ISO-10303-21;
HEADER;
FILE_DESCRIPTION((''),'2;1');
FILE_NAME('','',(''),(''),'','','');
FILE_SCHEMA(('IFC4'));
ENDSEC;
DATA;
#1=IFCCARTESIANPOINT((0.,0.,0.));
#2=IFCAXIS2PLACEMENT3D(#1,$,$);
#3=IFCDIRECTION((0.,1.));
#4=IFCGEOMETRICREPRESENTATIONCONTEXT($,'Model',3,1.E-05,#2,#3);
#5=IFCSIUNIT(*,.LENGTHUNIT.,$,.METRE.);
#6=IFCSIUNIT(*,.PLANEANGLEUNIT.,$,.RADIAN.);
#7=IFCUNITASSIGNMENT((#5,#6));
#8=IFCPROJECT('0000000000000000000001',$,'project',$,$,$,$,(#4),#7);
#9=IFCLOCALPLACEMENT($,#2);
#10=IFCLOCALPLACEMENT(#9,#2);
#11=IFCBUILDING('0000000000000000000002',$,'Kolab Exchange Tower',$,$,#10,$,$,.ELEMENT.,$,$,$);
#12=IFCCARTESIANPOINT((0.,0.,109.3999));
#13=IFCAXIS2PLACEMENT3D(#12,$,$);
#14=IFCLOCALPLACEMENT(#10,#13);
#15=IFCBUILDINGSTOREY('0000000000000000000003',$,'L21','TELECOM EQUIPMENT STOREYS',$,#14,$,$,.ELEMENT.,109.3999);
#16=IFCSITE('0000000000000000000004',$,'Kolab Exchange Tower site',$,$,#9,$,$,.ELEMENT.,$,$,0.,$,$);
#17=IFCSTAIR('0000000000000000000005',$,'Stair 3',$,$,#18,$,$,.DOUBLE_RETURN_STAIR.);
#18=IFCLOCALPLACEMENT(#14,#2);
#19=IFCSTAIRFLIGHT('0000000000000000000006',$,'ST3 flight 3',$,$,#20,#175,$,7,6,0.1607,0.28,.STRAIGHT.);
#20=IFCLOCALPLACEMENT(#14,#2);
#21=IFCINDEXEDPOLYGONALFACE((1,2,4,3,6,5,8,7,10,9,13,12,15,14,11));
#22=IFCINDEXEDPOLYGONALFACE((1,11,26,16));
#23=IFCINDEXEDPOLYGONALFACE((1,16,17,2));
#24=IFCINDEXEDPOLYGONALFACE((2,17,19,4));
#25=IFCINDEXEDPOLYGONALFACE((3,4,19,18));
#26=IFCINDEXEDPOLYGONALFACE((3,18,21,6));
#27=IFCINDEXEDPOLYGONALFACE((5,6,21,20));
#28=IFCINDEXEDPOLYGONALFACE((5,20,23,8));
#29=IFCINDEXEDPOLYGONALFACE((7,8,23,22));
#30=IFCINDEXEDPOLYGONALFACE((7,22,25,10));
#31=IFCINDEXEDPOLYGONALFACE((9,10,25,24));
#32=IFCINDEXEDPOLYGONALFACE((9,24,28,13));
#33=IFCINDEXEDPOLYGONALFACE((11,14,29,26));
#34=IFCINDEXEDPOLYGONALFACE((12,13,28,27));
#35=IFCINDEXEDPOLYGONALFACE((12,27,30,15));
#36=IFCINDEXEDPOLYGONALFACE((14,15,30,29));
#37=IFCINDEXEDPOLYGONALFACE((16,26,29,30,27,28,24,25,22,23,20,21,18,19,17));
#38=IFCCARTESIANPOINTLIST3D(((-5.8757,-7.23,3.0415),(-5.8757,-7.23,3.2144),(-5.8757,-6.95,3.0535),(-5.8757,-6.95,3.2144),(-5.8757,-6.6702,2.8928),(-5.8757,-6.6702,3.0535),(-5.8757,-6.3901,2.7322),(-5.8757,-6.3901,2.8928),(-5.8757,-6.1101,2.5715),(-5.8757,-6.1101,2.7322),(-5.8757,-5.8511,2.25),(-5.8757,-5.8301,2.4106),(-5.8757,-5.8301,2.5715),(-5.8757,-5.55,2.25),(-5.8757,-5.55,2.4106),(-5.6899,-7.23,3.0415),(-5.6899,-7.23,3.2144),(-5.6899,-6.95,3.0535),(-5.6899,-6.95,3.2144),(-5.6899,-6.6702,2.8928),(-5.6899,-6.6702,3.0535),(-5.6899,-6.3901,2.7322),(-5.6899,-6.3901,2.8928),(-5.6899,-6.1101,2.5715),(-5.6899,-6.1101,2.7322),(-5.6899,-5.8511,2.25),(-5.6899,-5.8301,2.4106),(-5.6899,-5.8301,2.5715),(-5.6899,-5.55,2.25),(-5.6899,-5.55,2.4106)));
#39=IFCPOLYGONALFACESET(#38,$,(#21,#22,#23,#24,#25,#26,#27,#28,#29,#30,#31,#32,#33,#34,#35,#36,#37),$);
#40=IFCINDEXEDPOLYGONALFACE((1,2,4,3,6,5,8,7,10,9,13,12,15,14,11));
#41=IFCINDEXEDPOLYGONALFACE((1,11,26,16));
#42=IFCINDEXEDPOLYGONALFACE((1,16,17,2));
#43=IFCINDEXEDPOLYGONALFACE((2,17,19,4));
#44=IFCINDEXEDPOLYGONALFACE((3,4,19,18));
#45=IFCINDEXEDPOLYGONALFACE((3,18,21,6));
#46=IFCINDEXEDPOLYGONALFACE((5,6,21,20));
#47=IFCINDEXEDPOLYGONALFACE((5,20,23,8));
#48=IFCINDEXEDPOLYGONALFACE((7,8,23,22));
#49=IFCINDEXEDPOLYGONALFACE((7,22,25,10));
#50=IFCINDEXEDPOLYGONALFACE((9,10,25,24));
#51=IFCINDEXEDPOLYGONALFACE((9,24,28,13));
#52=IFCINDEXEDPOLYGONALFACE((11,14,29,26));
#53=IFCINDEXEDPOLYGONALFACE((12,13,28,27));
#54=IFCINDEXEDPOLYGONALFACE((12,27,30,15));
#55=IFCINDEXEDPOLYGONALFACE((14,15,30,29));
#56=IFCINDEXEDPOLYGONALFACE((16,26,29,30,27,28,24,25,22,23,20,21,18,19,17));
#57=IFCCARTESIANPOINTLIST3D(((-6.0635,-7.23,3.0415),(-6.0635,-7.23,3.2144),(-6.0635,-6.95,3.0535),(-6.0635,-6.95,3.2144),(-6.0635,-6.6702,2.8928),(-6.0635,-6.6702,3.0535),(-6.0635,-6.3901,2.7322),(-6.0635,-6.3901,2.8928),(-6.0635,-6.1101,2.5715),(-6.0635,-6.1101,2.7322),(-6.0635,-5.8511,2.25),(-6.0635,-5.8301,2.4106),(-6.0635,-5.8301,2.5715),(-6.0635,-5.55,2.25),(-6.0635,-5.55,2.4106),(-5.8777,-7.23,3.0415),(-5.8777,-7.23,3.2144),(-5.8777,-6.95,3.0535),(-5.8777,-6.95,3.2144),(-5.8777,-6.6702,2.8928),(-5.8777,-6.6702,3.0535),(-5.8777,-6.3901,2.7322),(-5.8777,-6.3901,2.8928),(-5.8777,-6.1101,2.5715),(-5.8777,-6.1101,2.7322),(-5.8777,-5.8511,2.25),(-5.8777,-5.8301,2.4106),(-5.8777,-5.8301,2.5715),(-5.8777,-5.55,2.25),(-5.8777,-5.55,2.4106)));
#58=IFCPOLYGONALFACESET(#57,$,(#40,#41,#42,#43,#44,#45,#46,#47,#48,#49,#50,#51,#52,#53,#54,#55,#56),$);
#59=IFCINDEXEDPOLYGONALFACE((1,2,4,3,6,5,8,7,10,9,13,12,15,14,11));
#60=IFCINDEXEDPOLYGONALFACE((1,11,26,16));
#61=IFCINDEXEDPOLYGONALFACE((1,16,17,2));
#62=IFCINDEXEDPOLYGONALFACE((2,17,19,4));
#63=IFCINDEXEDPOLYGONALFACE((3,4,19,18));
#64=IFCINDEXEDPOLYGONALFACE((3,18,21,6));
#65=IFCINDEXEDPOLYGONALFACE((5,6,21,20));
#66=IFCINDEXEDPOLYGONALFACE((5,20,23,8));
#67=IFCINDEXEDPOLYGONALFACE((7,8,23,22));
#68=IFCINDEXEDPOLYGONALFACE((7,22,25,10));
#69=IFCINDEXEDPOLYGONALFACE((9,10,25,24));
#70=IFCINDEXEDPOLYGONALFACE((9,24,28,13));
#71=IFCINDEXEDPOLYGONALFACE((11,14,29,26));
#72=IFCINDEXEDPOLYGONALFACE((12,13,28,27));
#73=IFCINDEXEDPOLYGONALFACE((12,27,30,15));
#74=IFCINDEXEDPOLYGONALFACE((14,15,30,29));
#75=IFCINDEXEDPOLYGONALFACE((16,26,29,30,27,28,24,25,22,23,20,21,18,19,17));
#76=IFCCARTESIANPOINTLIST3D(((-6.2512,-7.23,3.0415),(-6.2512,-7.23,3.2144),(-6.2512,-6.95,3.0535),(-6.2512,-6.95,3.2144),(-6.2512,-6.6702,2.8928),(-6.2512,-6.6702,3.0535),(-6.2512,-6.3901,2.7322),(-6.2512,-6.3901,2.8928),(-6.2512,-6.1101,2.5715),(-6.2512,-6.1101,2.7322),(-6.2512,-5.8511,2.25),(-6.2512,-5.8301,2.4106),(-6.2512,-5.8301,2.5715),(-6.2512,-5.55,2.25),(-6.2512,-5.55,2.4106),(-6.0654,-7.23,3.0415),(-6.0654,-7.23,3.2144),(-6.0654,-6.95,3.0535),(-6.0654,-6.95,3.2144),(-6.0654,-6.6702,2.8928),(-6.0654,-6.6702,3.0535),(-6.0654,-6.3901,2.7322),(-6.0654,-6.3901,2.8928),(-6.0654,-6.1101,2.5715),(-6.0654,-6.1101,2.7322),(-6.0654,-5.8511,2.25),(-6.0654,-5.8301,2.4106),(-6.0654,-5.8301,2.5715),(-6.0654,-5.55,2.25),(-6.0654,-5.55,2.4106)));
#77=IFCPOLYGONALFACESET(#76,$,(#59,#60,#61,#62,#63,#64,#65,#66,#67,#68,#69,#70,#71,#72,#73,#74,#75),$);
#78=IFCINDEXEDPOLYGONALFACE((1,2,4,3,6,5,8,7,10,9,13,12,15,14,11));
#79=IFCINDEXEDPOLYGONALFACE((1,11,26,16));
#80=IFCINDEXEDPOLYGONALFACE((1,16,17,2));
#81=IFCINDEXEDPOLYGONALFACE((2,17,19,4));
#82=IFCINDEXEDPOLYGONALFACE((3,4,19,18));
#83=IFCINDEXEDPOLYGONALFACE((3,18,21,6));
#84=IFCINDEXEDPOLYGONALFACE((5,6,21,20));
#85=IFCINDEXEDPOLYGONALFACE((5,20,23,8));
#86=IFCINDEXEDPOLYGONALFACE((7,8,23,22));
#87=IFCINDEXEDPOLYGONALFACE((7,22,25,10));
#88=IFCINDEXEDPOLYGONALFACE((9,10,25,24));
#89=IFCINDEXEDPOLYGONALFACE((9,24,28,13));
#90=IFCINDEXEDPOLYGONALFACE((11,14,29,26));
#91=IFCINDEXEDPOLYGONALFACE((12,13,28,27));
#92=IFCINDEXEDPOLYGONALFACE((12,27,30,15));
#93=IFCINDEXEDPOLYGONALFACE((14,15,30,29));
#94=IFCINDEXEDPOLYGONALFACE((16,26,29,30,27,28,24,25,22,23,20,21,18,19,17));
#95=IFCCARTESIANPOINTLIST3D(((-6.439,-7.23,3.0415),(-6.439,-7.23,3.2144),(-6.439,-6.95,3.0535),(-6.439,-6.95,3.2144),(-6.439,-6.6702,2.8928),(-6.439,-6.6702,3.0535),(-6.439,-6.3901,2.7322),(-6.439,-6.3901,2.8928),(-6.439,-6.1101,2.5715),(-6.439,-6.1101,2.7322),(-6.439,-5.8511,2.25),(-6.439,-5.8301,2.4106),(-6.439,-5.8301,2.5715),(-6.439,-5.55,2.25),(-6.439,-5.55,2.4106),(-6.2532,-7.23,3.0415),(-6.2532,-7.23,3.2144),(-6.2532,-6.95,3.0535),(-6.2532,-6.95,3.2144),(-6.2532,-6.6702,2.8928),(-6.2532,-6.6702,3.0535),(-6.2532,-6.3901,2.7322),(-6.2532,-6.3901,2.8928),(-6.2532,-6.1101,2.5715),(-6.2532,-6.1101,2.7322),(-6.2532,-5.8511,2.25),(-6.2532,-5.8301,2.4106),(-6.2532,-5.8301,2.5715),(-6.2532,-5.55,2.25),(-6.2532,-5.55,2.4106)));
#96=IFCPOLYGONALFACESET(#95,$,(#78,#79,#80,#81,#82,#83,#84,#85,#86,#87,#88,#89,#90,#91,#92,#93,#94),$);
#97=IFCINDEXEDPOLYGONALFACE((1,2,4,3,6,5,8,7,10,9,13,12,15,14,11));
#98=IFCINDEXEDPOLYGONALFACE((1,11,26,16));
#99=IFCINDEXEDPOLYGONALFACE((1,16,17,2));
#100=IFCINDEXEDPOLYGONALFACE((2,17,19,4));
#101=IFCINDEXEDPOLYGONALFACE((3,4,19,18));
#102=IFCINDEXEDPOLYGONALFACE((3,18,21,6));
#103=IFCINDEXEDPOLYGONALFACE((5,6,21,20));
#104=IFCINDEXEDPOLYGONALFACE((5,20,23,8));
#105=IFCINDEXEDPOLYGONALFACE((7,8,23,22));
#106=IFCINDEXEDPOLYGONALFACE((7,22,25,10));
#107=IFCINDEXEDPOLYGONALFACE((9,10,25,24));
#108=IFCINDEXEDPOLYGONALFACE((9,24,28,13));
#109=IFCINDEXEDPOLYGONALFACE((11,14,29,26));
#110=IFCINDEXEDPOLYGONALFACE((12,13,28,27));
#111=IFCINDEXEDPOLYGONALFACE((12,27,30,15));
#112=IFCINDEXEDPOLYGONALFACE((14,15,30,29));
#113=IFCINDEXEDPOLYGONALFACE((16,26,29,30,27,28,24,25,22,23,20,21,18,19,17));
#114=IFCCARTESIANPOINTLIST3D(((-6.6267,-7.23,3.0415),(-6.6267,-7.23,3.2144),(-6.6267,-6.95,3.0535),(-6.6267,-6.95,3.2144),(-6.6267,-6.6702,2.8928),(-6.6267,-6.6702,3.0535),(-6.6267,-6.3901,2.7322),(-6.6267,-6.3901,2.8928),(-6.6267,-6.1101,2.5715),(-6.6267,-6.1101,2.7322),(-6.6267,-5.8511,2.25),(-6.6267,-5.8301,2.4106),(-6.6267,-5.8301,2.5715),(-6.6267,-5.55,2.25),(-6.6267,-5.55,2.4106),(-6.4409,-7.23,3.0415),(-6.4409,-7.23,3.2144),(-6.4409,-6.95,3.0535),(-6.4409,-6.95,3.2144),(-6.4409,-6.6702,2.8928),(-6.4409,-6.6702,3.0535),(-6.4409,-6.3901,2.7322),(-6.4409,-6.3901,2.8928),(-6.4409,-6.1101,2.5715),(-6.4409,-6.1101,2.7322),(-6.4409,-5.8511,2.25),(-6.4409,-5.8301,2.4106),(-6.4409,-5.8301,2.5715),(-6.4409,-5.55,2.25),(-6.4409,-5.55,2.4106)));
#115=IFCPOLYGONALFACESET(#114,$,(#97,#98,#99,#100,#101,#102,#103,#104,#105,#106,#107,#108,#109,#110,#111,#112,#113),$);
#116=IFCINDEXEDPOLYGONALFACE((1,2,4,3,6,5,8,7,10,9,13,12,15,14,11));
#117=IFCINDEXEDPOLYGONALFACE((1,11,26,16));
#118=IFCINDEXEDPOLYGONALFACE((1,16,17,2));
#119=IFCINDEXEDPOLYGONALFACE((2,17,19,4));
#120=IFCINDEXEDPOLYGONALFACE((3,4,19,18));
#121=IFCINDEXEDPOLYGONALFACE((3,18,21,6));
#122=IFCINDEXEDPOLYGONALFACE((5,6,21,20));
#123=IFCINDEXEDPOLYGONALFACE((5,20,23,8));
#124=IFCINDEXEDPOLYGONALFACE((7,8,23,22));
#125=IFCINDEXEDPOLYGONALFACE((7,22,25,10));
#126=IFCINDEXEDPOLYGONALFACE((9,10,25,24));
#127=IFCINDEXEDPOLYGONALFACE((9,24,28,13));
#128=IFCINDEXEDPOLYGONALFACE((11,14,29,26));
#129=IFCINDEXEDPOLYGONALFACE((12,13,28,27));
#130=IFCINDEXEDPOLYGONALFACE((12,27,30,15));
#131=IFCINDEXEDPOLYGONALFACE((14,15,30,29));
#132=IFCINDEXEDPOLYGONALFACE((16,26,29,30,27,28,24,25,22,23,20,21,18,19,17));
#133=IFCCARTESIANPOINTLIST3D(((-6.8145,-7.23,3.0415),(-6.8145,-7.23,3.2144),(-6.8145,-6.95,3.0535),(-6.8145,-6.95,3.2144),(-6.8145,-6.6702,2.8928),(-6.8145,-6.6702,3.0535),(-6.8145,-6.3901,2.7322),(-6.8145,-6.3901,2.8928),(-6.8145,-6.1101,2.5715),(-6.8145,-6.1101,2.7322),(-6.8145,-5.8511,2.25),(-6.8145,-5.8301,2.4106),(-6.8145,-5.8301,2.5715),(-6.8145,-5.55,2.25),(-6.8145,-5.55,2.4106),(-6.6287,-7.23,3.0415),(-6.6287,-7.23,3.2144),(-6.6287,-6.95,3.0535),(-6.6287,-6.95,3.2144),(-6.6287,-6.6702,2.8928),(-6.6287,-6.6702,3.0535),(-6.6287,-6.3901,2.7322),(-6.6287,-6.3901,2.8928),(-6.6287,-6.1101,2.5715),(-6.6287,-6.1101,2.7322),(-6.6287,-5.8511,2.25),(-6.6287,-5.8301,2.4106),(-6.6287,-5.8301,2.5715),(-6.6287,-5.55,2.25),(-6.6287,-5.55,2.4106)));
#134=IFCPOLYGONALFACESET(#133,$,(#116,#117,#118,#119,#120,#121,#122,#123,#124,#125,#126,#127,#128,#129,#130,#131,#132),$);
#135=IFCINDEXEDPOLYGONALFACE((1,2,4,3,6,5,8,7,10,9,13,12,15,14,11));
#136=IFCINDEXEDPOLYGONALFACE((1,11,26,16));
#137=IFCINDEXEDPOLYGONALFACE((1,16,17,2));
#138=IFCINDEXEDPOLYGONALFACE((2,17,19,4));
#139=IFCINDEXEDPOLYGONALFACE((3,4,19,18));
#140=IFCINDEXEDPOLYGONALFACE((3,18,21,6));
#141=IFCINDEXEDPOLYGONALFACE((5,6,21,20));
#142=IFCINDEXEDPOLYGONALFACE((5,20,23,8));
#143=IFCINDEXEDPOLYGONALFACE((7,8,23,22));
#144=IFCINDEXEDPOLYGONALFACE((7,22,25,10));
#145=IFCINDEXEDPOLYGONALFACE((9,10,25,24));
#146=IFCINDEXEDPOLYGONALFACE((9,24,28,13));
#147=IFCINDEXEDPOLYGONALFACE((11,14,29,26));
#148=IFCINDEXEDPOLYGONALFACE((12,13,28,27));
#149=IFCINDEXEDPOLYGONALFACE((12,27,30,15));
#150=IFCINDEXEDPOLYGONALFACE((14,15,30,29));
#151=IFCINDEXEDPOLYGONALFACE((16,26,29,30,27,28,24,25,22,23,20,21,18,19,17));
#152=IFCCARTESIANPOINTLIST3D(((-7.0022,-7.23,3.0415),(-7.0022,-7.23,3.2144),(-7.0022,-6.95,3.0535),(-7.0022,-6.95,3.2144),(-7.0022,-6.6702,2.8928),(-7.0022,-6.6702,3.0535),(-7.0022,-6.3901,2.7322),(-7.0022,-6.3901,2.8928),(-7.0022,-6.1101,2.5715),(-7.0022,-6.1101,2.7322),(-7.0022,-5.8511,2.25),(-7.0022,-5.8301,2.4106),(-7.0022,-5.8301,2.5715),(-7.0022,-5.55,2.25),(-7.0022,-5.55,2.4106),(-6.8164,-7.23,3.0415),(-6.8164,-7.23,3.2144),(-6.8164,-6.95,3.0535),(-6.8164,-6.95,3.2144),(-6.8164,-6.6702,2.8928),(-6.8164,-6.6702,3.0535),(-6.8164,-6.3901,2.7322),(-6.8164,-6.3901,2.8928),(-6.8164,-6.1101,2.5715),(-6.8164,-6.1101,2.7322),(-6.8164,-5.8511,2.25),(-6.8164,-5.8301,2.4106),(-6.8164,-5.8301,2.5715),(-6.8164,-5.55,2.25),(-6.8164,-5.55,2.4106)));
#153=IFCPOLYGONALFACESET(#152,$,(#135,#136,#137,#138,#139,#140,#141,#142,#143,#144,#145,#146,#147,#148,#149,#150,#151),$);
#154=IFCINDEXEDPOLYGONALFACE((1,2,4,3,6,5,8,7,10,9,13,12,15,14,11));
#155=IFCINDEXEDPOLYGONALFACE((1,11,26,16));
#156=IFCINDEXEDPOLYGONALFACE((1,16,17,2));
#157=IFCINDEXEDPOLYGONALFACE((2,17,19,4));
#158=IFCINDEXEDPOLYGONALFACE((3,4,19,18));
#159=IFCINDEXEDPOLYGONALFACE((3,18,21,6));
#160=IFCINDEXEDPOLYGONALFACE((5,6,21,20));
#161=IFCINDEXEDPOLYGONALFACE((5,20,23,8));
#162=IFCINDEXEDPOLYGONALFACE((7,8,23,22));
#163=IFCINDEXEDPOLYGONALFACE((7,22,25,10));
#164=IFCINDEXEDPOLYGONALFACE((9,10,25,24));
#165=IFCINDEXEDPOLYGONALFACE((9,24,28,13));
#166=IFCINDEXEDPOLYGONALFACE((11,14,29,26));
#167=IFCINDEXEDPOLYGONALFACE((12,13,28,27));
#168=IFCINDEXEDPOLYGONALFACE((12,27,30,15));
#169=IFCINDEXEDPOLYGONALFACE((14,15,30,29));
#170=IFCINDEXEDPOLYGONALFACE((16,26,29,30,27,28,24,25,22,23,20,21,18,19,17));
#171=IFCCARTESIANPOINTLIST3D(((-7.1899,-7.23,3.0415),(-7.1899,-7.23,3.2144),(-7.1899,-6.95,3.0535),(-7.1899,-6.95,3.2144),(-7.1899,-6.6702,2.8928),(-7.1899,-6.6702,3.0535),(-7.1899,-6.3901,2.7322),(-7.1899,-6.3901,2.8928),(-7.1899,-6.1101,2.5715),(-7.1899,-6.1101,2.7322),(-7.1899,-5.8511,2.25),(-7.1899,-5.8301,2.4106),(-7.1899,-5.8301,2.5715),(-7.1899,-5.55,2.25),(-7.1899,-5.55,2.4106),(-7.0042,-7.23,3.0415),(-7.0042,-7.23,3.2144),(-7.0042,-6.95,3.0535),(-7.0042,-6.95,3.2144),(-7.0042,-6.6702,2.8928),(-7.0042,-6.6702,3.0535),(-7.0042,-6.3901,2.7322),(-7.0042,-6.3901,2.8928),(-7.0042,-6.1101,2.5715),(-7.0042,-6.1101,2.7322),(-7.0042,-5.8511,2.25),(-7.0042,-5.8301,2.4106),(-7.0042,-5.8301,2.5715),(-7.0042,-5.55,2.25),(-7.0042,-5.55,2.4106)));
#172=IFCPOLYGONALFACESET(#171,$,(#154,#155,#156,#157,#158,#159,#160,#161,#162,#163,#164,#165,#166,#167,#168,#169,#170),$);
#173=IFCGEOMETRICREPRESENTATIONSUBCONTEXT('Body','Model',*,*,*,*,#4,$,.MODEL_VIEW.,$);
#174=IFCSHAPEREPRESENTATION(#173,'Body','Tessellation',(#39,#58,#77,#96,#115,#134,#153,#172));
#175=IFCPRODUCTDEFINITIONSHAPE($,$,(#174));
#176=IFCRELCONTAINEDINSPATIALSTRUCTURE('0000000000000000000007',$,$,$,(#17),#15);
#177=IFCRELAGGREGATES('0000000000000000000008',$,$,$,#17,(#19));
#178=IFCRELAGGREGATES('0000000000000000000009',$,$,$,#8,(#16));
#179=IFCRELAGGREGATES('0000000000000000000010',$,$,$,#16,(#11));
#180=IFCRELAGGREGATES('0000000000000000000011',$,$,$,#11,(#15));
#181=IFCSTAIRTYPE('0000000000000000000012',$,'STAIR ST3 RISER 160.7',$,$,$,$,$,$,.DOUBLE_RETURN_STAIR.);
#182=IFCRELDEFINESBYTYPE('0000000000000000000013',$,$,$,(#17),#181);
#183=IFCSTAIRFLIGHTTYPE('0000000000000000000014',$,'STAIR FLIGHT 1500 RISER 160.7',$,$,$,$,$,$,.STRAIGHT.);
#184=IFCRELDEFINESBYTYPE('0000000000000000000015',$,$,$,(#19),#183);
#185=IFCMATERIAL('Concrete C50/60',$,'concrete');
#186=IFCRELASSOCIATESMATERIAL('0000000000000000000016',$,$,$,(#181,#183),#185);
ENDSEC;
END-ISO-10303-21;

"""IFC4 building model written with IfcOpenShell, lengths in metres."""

from ifc_helpers import new_model, si_unit, direction, frame, origin, place, context, subcontext, project, spatial, polyline, outline, extrude, material, type_object, element, aggregate, save


model = new_model("IFC4")

# Units and contexts
model_context = context("Model", 3, precision=1e-05, world=origin(), true_north=direction((0.0, 1.0)))
body_context = subcontext(model_context, "Body", "Model", "MODEL_VIEW")
ifc_project = project(units=[si_unit("LENGTHUNIT", "METRE"), si_unit("PLANEANGLEUNIT", "RADIAN")], contexts=[model_context])

# Site, building, storey
site_placement = place(None, origin())
site = spatial("IfcSite", under=ifc_project, at=site_placement, Name="Kolab Exchange Tower site", CompositionType="ELEMENT", RefElevation=0.0)
building_placement = place(site_placement, origin())
building = spatial("IfcBuilding", under=site, at=building_placement, Name="Kolab Exchange Tower", CompositionType="ELEMENT")
storey_placement = place(building_placement, frame((0.0, 0.0, 109.3999)))
storey = spatial("IfcBuildingStorey", under=building, at=storey_placement, Name="L21", Description="TELECOM EQUIPMENT STOREYS", CompositionType="ELEMENT", Elevation=109.3999)

# Shared definitions
ifc_material_1 = material(Name="Concrete C50/60", Category="concrete")

# Stair, stair flight
stair_type = type_object("IfcStairType", Name="STAIR ST3 RISER 160.7", PredefinedType="DOUBLE_RETURN_STAIR", material=ifc_material_1)
stair_placement = place(storey_placement, origin())
stair = element("IfcStair", 1, at=stair_placement, inside=storey, type_object=stair_type, Name="Stair 3", PredefinedType="DOUBLE_RETURN_STAIR")
stair_flight_type = type_object("IfcStairFlightType", Name="STAIR FLIGHT 1500 RISER 160.7", PredefinedType="STRAIGHT", material=ifc_material_1)
stair_flight_1_placement = place(storey_placement, frame((-6.4399, -5.55, 2.25), z_axis=(0.0, 0.0, 1.0), x_axis=(0.0, -1.0, 0.0)))
stair_flight_1 = element("IfcStairFlight", 2, at=stair_flight_1_placement, type_object=stair_flight_type, Name="ST3 flight 3", NumberOfRisers=7, NumberOfTreads=6, PredefinedType="STRAIGHT", RiserHeight=0.1607, TreadLength=0.28, context=body_context, shape_type="SweptSolid", body=[
    extrude(outline(polyline([(0.0, 0.0), (0.0, 0.1606), (0.28, 0.1606), (0.28, 0.3215), (0.5601, 0.3215), (0.5601, 0.4822), (0.8401, 0.4822), (0.8401, 0.6428), (1.1201, 0.6428), (1.1201, 0.8035), (1.3999, 0.8035), (1.3999, 0.9644), (1.6799, 0.9644), (1.6799, 1.125), (1.6799, 0.7915), (0.301, 0.0), (0.0, 0.0)])), frame((0.0, 0.75, 0.0), z_axis=(0.0, -1.0, 0.0), x_axis=(1.0, 0.0, 0.0)), (0.0, 0.0, 1.0), 0.1858),
    extrude(outline(polyline([(0.0, 0.0), (0.0, 0.1606), (0.28, 0.1606), (0.28, 0.3215), (0.5601, 0.3215), (0.5601, 0.4822), (0.8401, 0.4822), (0.8401, 0.6428), (1.1201, 0.6428), (1.1201, 0.8035), (1.3999, 0.8035), (1.3999, 0.9644), (1.6799, 0.9644), (1.6799, 1.125), (1.6799, 0.7915), (0.301, 0.0), (0.0, 0.0)])), frame((0.0, 0.5623, 0.0), z_axis=(0.0, -1.0, 0.0), x_axis=(1.0, 0.0, 0.0)), (0.0, 0.0, 1.0), 0.1858),
    extrude(outline(polyline([(0.0, 0.0), (0.0, 0.1606), (0.28, 0.1606), (0.28, 0.3215), (0.5601, 0.3215), (0.5601, 0.4822), (0.8401, 0.4822), (0.8401, 0.6428), (1.1201, 0.6428), (1.1201, 0.8035), (1.3999, 0.8035), (1.3999, 0.9644), (1.6799, 0.9644), (1.6799, 1.125), (1.6799, 0.7915), (0.301, 0.0), (0.0, 0.0)])), frame((0.0, 0.3745, 0.0), z_axis=(0.0, -1.0, 0.0), x_axis=(1.0, 0.0, 0.0)), (0.0, 0.0, 1.0), 0.1858),
    extrude(outline(polyline([(0.0, 0.0), (0.0, 0.1606), (0.28, 0.1606), (0.28, 0.3215), (0.5601, 0.3215), (0.5601, 0.4822), (0.8401, 0.4822), (0.8401, 0.6428), (1.1201, 0.6428), (1.1201, 0.8035), (1.3999, 0.8035), (1.3999, 0.9644), (1.6799, 0.9644), (1.6799, 1.125), (1.6799, 0.7915), (0.301, 0.0), (0.0, 0.0)])), frame((0.0, 0.1868, 0.0), z_axis=(0.0, -1.0, 0.0), x_axis=(1.0, 0.0, 0.0)), (0.0, 0.0, 1.0), 0.1858),
    extrude(outline(polyline([(0.0, 0.0), (0.0, 0.1606), (0.28, 0.1606), (0.28, 0.3215), (0.5601, 0.3215), (0.5601, 0.4822), (0.8401, 0.4822), (0.8401, 0.6428), (1.1201, 0.6428), (1.1201, 0.8035), (1.3999, 0.8035), (1.3999, 0.9644), (1.6799, 0.9644), (1.6799, 1.125), (1.6799, 0.7915), (0.301, 0.0), (0.0, 0.0)])), frame((0.0, -0.001, 0.0), z_axis=(0.0, -1.0, 0.0), x_axis=(1.0, 0.0, 0.0)), (0.0, 0.0, 1.0), 0.1858),
    extrude(outline(polyline([(0.0, 0.0), (0.0, 0.1606), (0.28, 0.1606), (0.28, 0.3215), (0.5601, 0.3215), (0.5601, 0.4822), (0.8401, 0.4822), (0.8401, 0.6428), (1.1201, 0.6428), (1.1201, 0.8035), (1.3999, 0.8035), (1.3999, 0.9644), (1.6799, 0.9644), (1.6799, 1.125), (1.6799, 0.7915), (0.301, 0.0), (0.0, 0.0)])), frame((0.0, -0.1887, 0.0), z_axis=(0.0, -1.0, 0.0), x_axis=(1.0, 0.0, 0.0)), (0.0, 0.0, 1.0), 0.1858),
    extrude(outline(polyline([(0.0, 0.0), (0.0, 0.1606), (0.28, 0.1606), (0.28, 0.3215), (0.5601, 0.3215), (0.5601, 0.4822), (0.8401, 0.4822), (0.8401, 0.6428), (1.1201, 0.6428), (1.1201, 0.8035), (1.3999, 0.8035), (1.3999, 0.9644), (1.6799, 0.9644), (1.6799, 1.125), (1.6799, 0.7915), (0.301, 0.0), (0.0, 0.0)])), frame((0.0, -0.3765, 0.0), z_axis=(0.0, -1.0, 0.0), x_axis=(1.0, 0.0, 0.0)), (0.0, 0.0, 1.0), 0.1858),
    extrude(outline(polyline([(0.0, 0.0), (0.0, 0.1606), (0.28, 0.1606), (0.28, 0.3215), (0.5601, 0.3215), (0.5601, 0.4822), (0.8401, 0.4822), (0.8401, 0.6428), (1.1201, 0.6428), (1.1201, 0.8035), (1.3999, 0.8035), (1.3999, 0.9644), (1.6799, 0.9644), (1.6799, 1.125), (1.6799, 0.7915), (0.301, 0.0), (0.0, 0.0)])), frame((0.0, -0.5642, 0.0), z_axis=(0.0, -1.0, 0.0), x_axis=(1.0, 0.0, 0.0)), (0.0, 0.0, 1.0), 0.1858),
])
aggregate(stair, [stair_flight_1])

save(model, "model.ifc")
